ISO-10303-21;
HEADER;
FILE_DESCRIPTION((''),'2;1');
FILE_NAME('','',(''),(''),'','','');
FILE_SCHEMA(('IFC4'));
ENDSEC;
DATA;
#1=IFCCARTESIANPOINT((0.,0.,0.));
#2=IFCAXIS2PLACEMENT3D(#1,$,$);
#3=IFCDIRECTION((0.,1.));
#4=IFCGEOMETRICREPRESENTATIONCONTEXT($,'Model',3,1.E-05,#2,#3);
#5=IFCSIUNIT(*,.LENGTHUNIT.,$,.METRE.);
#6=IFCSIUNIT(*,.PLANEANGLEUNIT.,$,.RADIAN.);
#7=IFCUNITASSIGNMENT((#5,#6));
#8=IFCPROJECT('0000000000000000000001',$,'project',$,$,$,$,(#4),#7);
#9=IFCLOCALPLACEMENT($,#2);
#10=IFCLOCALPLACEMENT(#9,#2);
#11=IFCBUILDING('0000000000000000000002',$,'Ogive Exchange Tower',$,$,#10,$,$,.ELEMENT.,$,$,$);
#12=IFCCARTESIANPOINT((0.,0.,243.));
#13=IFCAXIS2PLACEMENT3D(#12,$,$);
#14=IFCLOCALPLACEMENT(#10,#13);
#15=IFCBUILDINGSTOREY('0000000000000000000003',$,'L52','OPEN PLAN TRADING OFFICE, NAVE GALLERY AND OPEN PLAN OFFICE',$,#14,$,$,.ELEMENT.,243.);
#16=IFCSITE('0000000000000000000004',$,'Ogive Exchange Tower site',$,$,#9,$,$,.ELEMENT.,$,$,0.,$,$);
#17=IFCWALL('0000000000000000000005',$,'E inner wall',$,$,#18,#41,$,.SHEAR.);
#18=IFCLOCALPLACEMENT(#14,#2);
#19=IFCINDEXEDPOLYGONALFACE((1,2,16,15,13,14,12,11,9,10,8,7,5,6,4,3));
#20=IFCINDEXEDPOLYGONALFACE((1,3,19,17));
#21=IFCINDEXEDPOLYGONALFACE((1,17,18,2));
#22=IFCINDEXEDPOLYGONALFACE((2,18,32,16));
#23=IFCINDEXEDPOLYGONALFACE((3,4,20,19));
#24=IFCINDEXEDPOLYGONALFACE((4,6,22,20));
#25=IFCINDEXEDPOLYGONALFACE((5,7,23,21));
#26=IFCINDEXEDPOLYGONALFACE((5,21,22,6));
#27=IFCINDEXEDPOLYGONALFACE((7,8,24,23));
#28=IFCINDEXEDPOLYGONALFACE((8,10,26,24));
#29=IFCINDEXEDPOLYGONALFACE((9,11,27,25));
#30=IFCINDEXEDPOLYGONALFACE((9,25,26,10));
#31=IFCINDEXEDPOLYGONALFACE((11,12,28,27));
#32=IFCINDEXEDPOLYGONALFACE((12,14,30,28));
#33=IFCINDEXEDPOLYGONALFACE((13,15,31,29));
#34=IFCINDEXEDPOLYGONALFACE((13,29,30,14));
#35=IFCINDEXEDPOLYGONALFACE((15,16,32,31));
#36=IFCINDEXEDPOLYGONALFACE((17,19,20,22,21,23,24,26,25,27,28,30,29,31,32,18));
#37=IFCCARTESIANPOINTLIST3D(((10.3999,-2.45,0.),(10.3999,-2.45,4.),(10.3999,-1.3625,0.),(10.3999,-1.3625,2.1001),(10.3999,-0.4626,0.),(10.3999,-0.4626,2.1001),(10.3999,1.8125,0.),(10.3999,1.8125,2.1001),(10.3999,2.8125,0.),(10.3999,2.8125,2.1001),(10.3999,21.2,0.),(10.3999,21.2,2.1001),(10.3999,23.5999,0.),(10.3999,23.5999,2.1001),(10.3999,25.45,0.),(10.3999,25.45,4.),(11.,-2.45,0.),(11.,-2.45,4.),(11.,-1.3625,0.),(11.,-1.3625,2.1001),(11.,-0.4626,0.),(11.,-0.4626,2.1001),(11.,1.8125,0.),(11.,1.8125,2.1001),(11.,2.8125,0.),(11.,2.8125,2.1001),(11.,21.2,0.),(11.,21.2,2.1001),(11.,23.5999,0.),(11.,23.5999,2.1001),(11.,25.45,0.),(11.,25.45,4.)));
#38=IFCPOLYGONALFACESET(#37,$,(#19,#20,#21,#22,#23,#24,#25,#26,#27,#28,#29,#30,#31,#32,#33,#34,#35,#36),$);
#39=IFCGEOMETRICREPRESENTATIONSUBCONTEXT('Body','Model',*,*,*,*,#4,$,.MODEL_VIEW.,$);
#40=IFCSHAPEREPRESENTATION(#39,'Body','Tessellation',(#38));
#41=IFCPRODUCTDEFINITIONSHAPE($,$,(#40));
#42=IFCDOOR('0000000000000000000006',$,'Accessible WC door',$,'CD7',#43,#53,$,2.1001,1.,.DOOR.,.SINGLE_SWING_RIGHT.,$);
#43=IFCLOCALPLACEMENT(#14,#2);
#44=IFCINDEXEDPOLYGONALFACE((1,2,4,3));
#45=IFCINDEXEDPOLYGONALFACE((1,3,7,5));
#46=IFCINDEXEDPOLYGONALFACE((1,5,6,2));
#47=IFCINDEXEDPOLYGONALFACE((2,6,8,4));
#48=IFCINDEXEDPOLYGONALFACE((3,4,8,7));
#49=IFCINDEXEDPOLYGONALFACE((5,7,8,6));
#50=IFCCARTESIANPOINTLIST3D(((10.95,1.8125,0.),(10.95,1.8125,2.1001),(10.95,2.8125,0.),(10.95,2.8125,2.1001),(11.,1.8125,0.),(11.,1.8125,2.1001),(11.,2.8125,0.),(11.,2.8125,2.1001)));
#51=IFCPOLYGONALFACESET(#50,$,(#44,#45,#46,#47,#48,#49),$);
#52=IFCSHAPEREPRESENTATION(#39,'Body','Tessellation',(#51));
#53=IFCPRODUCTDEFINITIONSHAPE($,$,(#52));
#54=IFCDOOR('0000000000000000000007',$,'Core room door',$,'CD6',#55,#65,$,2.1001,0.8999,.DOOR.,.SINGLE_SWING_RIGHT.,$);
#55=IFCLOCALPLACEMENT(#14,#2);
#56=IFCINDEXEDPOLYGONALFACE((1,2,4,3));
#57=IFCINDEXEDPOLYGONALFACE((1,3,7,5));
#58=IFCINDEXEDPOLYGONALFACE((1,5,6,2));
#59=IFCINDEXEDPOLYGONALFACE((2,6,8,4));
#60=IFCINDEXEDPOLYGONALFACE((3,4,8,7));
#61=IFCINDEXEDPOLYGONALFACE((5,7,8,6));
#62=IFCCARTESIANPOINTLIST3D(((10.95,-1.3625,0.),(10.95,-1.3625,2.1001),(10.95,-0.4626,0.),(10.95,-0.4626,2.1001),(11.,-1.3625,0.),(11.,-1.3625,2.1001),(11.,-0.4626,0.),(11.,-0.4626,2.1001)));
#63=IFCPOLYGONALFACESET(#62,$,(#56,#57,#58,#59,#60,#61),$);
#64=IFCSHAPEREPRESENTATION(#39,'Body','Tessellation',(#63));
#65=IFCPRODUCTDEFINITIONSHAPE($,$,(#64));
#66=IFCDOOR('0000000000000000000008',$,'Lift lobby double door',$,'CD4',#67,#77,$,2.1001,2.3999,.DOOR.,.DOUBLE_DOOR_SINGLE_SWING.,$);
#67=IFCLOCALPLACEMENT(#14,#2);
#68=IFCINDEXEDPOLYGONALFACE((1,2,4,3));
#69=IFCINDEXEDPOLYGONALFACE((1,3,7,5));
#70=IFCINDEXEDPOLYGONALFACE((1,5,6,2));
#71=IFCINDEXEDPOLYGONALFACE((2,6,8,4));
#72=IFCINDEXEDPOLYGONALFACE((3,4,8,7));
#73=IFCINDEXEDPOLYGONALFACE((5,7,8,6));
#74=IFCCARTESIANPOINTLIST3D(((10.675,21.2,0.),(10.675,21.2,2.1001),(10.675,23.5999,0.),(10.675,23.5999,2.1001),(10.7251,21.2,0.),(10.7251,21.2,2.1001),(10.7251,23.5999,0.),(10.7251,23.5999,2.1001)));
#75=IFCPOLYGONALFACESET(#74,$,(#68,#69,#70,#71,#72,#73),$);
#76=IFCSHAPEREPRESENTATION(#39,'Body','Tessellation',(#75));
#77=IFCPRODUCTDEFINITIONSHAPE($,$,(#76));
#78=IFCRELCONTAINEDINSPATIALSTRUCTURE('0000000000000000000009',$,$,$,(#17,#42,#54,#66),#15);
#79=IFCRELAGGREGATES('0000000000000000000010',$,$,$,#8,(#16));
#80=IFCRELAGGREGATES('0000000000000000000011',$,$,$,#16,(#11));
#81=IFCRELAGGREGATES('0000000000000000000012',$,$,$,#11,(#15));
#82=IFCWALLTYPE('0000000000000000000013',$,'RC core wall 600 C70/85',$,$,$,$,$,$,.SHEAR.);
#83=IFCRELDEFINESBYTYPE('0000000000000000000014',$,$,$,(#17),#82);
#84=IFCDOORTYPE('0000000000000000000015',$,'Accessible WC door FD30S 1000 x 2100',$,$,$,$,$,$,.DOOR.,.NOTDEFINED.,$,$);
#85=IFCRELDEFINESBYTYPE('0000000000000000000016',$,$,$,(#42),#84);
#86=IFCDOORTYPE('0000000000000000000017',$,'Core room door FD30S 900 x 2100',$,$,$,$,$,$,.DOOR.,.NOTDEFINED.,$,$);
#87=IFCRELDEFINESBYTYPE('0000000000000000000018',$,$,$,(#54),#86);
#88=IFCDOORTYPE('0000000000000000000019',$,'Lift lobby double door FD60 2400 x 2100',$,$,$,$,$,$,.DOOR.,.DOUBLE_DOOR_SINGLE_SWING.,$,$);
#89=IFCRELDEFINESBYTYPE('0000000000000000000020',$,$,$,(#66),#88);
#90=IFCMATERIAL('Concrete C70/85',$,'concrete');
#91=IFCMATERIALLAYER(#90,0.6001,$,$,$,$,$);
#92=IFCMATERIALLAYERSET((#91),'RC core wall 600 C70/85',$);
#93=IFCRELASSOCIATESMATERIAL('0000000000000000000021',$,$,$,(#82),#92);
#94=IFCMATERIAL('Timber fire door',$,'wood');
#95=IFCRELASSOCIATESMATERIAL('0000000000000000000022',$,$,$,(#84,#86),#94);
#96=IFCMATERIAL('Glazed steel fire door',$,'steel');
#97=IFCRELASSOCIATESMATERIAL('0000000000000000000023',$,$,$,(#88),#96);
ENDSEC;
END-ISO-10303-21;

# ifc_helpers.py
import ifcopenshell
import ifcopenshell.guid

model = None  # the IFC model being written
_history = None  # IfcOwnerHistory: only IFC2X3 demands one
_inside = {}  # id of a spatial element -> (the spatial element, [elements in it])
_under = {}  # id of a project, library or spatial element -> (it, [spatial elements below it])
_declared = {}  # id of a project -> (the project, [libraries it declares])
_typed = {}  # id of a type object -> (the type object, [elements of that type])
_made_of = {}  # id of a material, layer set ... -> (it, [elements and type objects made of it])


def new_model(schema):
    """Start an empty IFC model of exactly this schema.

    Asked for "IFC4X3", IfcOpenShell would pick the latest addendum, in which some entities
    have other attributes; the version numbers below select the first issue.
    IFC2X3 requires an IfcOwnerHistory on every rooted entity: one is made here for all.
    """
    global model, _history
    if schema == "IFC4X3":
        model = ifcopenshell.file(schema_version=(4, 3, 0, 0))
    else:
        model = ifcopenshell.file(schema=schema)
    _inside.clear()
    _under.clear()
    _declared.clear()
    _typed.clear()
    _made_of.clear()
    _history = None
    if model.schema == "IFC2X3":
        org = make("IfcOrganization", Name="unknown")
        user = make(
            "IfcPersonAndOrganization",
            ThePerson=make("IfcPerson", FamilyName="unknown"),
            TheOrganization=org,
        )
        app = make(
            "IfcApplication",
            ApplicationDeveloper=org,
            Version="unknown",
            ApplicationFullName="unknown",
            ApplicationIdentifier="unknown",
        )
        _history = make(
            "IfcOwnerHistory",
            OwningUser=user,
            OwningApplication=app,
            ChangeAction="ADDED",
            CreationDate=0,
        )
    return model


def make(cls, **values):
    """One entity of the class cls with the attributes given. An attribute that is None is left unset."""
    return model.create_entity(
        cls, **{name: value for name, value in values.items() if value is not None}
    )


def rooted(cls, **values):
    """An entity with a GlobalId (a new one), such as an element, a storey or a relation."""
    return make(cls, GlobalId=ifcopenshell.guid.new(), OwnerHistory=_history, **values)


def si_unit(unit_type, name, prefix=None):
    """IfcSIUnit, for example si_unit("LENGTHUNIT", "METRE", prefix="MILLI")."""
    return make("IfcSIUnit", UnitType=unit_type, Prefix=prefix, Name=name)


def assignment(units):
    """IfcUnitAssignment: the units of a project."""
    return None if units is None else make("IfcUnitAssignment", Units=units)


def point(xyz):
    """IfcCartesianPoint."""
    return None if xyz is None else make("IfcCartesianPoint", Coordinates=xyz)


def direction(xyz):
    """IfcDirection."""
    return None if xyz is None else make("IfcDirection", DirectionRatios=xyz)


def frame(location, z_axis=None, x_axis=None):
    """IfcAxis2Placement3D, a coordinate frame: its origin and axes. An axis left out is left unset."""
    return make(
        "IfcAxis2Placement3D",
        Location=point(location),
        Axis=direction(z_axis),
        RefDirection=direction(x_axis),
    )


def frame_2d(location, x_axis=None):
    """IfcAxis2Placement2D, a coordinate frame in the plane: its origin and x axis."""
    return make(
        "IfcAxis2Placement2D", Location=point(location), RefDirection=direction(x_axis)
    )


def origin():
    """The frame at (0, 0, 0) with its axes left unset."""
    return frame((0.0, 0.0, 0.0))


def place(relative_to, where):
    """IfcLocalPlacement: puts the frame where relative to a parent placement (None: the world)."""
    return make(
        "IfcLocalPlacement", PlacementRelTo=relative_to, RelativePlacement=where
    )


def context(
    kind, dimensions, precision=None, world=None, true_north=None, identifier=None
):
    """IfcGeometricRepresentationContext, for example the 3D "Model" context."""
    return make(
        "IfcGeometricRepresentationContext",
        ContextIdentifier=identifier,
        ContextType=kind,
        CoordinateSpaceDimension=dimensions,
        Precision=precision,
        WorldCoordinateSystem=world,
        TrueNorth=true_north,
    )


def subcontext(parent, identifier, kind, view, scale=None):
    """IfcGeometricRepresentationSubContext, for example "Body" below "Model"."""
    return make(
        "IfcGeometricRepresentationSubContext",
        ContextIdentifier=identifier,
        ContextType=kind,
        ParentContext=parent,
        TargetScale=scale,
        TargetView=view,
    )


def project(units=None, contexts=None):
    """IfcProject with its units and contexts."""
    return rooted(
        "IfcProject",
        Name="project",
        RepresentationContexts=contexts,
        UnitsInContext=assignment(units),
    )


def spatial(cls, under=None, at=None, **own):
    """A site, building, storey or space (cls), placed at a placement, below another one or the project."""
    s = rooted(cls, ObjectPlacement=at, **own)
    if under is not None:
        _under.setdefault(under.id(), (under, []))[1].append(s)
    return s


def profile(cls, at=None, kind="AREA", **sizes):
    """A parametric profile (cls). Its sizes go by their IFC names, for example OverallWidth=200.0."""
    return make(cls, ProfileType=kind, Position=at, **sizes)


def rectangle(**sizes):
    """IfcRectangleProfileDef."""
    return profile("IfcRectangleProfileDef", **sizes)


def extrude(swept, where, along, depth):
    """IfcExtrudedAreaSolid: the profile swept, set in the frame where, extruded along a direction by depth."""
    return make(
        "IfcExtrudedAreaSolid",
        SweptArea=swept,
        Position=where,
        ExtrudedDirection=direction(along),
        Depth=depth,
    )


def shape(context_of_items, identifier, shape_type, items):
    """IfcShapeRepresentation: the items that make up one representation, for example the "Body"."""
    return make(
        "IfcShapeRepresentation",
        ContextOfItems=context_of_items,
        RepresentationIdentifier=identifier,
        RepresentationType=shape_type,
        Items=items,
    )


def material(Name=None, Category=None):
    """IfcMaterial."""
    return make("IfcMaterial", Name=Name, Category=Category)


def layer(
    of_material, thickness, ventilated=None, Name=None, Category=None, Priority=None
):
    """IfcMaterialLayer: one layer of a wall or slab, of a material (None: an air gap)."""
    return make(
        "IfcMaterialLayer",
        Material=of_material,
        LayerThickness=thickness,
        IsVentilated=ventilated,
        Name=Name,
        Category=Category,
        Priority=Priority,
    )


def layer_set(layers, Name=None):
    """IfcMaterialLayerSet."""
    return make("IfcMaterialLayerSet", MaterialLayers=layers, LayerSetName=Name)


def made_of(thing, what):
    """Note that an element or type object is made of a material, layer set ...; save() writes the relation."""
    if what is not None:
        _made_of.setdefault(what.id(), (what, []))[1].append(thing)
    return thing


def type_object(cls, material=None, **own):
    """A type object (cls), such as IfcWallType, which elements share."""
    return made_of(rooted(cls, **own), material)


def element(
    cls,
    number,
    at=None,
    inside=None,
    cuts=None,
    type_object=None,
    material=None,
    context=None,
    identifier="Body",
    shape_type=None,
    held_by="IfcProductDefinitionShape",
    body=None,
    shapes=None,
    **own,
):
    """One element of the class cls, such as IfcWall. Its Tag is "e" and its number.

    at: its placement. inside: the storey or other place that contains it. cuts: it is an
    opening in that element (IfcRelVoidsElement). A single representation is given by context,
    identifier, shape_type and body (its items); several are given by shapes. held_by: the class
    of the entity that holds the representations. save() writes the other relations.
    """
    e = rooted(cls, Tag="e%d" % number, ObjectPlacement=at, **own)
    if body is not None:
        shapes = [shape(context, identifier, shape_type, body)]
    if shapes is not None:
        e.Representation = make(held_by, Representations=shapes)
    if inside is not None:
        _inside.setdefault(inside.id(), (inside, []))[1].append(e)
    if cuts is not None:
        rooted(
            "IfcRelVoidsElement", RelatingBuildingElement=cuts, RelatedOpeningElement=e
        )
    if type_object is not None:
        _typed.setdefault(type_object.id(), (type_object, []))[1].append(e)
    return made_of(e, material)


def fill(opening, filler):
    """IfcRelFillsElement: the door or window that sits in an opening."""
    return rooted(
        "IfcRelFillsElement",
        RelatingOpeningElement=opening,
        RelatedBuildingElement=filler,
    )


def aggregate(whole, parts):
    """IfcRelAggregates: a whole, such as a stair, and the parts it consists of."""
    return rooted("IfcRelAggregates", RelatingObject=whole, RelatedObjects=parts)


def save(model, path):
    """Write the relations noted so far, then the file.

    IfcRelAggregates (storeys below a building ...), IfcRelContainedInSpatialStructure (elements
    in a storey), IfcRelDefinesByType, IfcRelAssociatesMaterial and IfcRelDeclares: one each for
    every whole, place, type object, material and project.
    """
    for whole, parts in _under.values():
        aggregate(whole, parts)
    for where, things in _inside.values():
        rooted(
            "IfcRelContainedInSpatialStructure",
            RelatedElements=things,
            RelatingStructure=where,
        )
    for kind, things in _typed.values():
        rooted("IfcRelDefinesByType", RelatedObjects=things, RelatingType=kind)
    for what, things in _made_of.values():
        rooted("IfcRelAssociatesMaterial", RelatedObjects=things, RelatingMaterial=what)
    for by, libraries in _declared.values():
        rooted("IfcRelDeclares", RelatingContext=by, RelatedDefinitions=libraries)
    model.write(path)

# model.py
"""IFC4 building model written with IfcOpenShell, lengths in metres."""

from ifc_helpers import new_model, si_unit, direction, frame, frame_2d, origin, place, context, subcontext, project, spatial, rectangle, extrude, material, layer, layer_set, type_object, element, fill, save


model = new_model("IFC4")

# Units and contexts
model_context = context("Model", 3, precision=1e-05, world=origin(), true_north=direction((0.0, 1.0)))
body_context = subcontext(model_context, "Body", "Model", "MODEL_VIEW")
ifc_project = project(units=[si_unit("LENGTHUNIT", "METRE"), si_unit("PLANEANGLEUNIT", "RADIAN")], contexts=[model_context])

# Site, building, storey
site_placement = place(None, origin())
site = spatial("IfcSite", under=ifc_project, at=site_placement, Name="Ogive Exchange Tower site", CompositionType="ELEMENT", RefElevation=0.0)
building_placement = place(site_placement, origin())
building = spatial("IfcBuilding", under=site, at=building_placement, Name="Ogive Exchange Tower", CompositionType="ELEMENT")
storey_placement = place(building_placement, frame((0.0, 0.0, 243.0)))
storey = spatial("IfcBuildingStorey", under=building, at=storey_placement, Name="L52", Description="OPEN PLAN TRADING OFFICE, NAVE GALLERY AND OPEN PLAN OFFICE", CompositionType="ELEMENT", Elevation=243.0)

# Shared definitions
ifc_material_1 = material(Name="Concrete C70/85", Category="concrete")

# Wall, openings, doors
ifc_layer_1 = layer(ifc_material_1, 0.6001)
ifc_layer_set_1 = layer_set([ifc_layer_1], Name="RC core wall 600 C70/85")
wall_type_1 = type_object("IfcWallType", Name="RC core wall 600 C70/85", PredefinedType="SHEAR", material=ifc_layer_set_1)
wall_1_placement = place(storey_placement, frame((10.7, -2.45, 0.0), z_axis=(0.0, 0.0, 1.0), x_axis=(0.0, 1.0, 0.0)))
wall_1 = element("IfcWall", 1, at=wall_1_placement, inside=storey, type_object=wall_type_1, Name="E inner wall", PredefinedType="SHEAR", context=body_context, shape_type="SweptSolid", body=[
    extrude(rectangle(XDim=27.8999, YDim=0.6001, at=frame_2d((13.95, 0.0))), origin(), (0.0, 0.0, 1.0), 4.0),
])
opening_1_placement = place(wall_1_placement, frame((23.6499, 0.0, 0.0)))
opening_1 = element("IfcOpeningElement", 2, at=opening_1_placement, cuts=wall_1, PredefinedType="OPENING", context=body_context, shape_type="SweptSolid", body=[
    extrude(rectangle(XDim=2.3999, YDim=2.1001, at=frame_2d((1.2, 1.05))), frame((0.0, 0.3101, 0.0), z_axis=(0.0, -1.0, 0.0), x_axis=(1.0, 0.0, 0.0)), (0.0, 0.0, 1.0), 0.6201),
])
opening_2_placement = place(wall_1_placement, frame((1.0874, 0.0, 0.0)))
opening_2 = element("IfcOpeningElement", 3, at=opening_2_placement, cuts=wall_1, PredefinedType="OPENING", context=body_context, shape_type="SweptSolid", body=[
    extrude(rectangle(XDim=0.8999, YDim=2.1001, at=frame_2d((0.45, 1.05))), frame((0.0, 0.3101, 0.0), z_axis=(0.0, -1.0, 0.0), x_axis=(1.0, 0.0, 0.0)), (0.0, 0.0, 1.0), 0.6201),
])
opening_3_placement = place(wall_1_placement, frame((4.2625, 0.0, 0.0)))
opening_3 = element("IfcOpeningElement", 4, at=opening_3_placement, cuts=wall_1, PredefinedType="OPENING", context=body_context, shape_type="SweptSolid", body=[
    extrude(rectangle(XDim=1.0, YDim=2.1001, at=frame_2d((0.5, 1.05))), frame((0.0, 0.3101, 0.0), z_axis=(0.0, -1.0, 0.0), x_axis=(1.0, 0.0, 0.0)), (0.0, 0.0, 1.0), 0.6201),
])
ifc_material_2 = material(Name="Timber fire door", Category="wood")
door_type_1 = type_object("IfcDoorType", Name="Accessible WC door FD30S 1000 x 2100", OperationType="NOTDEFINED", PredefinedType="DOOR", material=ifc_material_2)
door_1_placement = place(opening_3_placement, origin())
door_1 = element("IfcDoor", 5, at=door_1_placement, inside=storey, type_object=door_type_1, Name="Accessible WC door", ObjectType="CD7", OperationType="SINGLE_SWING_RIGHT", OverallHeight=2.1001, OverallWidth=1.0, PredefinedType="DOOR", context=body_context, shape_type="SweptSolid", body=[
    extrude(rectangle(XDim=1.0, YDim=2.1001, at=frame_2d((0.5, 1.05))), frame((0.0, -0.25, 0.0), z_axis=(0.0, -1.0, 0.0), x_axis=(1.0, 0.0, 0.0)), (0.0, 0.0, 1.0), 0.05),
])
fill(opening_3, door_1)
door_type_2 = type_object("IfcDoorType", Name="Core room door FD30S 900 x 2100", OperationType="NOTDEFINED", PredefinedType="DOOR", material=ifc_material_2)
door_2_placement = place(opening_2_placement, origin())
door_2 = element("IfcDoor", 6, at=door_2_placement, inside=storey, type_object=door_type_2, Name="Core room door", ObjectType="CD6", OperationType="SINGLE_SWING_RIGHT", OverallHeight=2.1001, OverallWidth=0.8999, PredefinedType="DOOR", context=body_context, shape_type="SweptSolid", body=[
    extrude(rectangle(XDim=0.8999, YDim=2.1001, at=frame_2d((0.45, 1.05))), frame((0.0, -0.25, 0.0), z_axis=(0.0, -1.0, 0.0), x_axis=(1.0, 0.0, 0.0)), (0.0, 0.0, 1.0), 0.05),
])
fill(opening_2, door_2)
ifc_material_3 = material(Name="Glazed steel fire door", Category="steel")
door_type_3 = type_object("IfcDoorType", Name="Lift lobby double door FD60 2400 x 2100", OperationType="DOUBLE_DOOR_SINGLE_SWING", PredefinedType="DOOR", material=ifc_material_3)
door_3_placement = place(opening_1_placement, origin())
door_3 = element("IfcDoor", 7, at=door_3_placement, inside=storey, type_object=door_type_3, Name="Lift lobby double door", ObjectType="CD4", OperationType="DOUBLE_DOOR_SINGLE_SWING", OverallHeight=2.1001, OverallWidth=2.3999, PredefinedType="DOOR", context=body_context, shape_type="SweptSolid", body=[
    extrude(rectangle(XDim=2.3999, YDim=2.1001, at=frame_2d((1.2, 1.05))), frame((0.0, 0.0249, 0.0), z_axis=(0.0, -1.0, 0.0), x_axis=(1.0, 0.0, 0.0)), (0.0, 0.0, 1.0), 0.05),
])
fill(opening_1, door_3)

save(model, "model.ifc")
